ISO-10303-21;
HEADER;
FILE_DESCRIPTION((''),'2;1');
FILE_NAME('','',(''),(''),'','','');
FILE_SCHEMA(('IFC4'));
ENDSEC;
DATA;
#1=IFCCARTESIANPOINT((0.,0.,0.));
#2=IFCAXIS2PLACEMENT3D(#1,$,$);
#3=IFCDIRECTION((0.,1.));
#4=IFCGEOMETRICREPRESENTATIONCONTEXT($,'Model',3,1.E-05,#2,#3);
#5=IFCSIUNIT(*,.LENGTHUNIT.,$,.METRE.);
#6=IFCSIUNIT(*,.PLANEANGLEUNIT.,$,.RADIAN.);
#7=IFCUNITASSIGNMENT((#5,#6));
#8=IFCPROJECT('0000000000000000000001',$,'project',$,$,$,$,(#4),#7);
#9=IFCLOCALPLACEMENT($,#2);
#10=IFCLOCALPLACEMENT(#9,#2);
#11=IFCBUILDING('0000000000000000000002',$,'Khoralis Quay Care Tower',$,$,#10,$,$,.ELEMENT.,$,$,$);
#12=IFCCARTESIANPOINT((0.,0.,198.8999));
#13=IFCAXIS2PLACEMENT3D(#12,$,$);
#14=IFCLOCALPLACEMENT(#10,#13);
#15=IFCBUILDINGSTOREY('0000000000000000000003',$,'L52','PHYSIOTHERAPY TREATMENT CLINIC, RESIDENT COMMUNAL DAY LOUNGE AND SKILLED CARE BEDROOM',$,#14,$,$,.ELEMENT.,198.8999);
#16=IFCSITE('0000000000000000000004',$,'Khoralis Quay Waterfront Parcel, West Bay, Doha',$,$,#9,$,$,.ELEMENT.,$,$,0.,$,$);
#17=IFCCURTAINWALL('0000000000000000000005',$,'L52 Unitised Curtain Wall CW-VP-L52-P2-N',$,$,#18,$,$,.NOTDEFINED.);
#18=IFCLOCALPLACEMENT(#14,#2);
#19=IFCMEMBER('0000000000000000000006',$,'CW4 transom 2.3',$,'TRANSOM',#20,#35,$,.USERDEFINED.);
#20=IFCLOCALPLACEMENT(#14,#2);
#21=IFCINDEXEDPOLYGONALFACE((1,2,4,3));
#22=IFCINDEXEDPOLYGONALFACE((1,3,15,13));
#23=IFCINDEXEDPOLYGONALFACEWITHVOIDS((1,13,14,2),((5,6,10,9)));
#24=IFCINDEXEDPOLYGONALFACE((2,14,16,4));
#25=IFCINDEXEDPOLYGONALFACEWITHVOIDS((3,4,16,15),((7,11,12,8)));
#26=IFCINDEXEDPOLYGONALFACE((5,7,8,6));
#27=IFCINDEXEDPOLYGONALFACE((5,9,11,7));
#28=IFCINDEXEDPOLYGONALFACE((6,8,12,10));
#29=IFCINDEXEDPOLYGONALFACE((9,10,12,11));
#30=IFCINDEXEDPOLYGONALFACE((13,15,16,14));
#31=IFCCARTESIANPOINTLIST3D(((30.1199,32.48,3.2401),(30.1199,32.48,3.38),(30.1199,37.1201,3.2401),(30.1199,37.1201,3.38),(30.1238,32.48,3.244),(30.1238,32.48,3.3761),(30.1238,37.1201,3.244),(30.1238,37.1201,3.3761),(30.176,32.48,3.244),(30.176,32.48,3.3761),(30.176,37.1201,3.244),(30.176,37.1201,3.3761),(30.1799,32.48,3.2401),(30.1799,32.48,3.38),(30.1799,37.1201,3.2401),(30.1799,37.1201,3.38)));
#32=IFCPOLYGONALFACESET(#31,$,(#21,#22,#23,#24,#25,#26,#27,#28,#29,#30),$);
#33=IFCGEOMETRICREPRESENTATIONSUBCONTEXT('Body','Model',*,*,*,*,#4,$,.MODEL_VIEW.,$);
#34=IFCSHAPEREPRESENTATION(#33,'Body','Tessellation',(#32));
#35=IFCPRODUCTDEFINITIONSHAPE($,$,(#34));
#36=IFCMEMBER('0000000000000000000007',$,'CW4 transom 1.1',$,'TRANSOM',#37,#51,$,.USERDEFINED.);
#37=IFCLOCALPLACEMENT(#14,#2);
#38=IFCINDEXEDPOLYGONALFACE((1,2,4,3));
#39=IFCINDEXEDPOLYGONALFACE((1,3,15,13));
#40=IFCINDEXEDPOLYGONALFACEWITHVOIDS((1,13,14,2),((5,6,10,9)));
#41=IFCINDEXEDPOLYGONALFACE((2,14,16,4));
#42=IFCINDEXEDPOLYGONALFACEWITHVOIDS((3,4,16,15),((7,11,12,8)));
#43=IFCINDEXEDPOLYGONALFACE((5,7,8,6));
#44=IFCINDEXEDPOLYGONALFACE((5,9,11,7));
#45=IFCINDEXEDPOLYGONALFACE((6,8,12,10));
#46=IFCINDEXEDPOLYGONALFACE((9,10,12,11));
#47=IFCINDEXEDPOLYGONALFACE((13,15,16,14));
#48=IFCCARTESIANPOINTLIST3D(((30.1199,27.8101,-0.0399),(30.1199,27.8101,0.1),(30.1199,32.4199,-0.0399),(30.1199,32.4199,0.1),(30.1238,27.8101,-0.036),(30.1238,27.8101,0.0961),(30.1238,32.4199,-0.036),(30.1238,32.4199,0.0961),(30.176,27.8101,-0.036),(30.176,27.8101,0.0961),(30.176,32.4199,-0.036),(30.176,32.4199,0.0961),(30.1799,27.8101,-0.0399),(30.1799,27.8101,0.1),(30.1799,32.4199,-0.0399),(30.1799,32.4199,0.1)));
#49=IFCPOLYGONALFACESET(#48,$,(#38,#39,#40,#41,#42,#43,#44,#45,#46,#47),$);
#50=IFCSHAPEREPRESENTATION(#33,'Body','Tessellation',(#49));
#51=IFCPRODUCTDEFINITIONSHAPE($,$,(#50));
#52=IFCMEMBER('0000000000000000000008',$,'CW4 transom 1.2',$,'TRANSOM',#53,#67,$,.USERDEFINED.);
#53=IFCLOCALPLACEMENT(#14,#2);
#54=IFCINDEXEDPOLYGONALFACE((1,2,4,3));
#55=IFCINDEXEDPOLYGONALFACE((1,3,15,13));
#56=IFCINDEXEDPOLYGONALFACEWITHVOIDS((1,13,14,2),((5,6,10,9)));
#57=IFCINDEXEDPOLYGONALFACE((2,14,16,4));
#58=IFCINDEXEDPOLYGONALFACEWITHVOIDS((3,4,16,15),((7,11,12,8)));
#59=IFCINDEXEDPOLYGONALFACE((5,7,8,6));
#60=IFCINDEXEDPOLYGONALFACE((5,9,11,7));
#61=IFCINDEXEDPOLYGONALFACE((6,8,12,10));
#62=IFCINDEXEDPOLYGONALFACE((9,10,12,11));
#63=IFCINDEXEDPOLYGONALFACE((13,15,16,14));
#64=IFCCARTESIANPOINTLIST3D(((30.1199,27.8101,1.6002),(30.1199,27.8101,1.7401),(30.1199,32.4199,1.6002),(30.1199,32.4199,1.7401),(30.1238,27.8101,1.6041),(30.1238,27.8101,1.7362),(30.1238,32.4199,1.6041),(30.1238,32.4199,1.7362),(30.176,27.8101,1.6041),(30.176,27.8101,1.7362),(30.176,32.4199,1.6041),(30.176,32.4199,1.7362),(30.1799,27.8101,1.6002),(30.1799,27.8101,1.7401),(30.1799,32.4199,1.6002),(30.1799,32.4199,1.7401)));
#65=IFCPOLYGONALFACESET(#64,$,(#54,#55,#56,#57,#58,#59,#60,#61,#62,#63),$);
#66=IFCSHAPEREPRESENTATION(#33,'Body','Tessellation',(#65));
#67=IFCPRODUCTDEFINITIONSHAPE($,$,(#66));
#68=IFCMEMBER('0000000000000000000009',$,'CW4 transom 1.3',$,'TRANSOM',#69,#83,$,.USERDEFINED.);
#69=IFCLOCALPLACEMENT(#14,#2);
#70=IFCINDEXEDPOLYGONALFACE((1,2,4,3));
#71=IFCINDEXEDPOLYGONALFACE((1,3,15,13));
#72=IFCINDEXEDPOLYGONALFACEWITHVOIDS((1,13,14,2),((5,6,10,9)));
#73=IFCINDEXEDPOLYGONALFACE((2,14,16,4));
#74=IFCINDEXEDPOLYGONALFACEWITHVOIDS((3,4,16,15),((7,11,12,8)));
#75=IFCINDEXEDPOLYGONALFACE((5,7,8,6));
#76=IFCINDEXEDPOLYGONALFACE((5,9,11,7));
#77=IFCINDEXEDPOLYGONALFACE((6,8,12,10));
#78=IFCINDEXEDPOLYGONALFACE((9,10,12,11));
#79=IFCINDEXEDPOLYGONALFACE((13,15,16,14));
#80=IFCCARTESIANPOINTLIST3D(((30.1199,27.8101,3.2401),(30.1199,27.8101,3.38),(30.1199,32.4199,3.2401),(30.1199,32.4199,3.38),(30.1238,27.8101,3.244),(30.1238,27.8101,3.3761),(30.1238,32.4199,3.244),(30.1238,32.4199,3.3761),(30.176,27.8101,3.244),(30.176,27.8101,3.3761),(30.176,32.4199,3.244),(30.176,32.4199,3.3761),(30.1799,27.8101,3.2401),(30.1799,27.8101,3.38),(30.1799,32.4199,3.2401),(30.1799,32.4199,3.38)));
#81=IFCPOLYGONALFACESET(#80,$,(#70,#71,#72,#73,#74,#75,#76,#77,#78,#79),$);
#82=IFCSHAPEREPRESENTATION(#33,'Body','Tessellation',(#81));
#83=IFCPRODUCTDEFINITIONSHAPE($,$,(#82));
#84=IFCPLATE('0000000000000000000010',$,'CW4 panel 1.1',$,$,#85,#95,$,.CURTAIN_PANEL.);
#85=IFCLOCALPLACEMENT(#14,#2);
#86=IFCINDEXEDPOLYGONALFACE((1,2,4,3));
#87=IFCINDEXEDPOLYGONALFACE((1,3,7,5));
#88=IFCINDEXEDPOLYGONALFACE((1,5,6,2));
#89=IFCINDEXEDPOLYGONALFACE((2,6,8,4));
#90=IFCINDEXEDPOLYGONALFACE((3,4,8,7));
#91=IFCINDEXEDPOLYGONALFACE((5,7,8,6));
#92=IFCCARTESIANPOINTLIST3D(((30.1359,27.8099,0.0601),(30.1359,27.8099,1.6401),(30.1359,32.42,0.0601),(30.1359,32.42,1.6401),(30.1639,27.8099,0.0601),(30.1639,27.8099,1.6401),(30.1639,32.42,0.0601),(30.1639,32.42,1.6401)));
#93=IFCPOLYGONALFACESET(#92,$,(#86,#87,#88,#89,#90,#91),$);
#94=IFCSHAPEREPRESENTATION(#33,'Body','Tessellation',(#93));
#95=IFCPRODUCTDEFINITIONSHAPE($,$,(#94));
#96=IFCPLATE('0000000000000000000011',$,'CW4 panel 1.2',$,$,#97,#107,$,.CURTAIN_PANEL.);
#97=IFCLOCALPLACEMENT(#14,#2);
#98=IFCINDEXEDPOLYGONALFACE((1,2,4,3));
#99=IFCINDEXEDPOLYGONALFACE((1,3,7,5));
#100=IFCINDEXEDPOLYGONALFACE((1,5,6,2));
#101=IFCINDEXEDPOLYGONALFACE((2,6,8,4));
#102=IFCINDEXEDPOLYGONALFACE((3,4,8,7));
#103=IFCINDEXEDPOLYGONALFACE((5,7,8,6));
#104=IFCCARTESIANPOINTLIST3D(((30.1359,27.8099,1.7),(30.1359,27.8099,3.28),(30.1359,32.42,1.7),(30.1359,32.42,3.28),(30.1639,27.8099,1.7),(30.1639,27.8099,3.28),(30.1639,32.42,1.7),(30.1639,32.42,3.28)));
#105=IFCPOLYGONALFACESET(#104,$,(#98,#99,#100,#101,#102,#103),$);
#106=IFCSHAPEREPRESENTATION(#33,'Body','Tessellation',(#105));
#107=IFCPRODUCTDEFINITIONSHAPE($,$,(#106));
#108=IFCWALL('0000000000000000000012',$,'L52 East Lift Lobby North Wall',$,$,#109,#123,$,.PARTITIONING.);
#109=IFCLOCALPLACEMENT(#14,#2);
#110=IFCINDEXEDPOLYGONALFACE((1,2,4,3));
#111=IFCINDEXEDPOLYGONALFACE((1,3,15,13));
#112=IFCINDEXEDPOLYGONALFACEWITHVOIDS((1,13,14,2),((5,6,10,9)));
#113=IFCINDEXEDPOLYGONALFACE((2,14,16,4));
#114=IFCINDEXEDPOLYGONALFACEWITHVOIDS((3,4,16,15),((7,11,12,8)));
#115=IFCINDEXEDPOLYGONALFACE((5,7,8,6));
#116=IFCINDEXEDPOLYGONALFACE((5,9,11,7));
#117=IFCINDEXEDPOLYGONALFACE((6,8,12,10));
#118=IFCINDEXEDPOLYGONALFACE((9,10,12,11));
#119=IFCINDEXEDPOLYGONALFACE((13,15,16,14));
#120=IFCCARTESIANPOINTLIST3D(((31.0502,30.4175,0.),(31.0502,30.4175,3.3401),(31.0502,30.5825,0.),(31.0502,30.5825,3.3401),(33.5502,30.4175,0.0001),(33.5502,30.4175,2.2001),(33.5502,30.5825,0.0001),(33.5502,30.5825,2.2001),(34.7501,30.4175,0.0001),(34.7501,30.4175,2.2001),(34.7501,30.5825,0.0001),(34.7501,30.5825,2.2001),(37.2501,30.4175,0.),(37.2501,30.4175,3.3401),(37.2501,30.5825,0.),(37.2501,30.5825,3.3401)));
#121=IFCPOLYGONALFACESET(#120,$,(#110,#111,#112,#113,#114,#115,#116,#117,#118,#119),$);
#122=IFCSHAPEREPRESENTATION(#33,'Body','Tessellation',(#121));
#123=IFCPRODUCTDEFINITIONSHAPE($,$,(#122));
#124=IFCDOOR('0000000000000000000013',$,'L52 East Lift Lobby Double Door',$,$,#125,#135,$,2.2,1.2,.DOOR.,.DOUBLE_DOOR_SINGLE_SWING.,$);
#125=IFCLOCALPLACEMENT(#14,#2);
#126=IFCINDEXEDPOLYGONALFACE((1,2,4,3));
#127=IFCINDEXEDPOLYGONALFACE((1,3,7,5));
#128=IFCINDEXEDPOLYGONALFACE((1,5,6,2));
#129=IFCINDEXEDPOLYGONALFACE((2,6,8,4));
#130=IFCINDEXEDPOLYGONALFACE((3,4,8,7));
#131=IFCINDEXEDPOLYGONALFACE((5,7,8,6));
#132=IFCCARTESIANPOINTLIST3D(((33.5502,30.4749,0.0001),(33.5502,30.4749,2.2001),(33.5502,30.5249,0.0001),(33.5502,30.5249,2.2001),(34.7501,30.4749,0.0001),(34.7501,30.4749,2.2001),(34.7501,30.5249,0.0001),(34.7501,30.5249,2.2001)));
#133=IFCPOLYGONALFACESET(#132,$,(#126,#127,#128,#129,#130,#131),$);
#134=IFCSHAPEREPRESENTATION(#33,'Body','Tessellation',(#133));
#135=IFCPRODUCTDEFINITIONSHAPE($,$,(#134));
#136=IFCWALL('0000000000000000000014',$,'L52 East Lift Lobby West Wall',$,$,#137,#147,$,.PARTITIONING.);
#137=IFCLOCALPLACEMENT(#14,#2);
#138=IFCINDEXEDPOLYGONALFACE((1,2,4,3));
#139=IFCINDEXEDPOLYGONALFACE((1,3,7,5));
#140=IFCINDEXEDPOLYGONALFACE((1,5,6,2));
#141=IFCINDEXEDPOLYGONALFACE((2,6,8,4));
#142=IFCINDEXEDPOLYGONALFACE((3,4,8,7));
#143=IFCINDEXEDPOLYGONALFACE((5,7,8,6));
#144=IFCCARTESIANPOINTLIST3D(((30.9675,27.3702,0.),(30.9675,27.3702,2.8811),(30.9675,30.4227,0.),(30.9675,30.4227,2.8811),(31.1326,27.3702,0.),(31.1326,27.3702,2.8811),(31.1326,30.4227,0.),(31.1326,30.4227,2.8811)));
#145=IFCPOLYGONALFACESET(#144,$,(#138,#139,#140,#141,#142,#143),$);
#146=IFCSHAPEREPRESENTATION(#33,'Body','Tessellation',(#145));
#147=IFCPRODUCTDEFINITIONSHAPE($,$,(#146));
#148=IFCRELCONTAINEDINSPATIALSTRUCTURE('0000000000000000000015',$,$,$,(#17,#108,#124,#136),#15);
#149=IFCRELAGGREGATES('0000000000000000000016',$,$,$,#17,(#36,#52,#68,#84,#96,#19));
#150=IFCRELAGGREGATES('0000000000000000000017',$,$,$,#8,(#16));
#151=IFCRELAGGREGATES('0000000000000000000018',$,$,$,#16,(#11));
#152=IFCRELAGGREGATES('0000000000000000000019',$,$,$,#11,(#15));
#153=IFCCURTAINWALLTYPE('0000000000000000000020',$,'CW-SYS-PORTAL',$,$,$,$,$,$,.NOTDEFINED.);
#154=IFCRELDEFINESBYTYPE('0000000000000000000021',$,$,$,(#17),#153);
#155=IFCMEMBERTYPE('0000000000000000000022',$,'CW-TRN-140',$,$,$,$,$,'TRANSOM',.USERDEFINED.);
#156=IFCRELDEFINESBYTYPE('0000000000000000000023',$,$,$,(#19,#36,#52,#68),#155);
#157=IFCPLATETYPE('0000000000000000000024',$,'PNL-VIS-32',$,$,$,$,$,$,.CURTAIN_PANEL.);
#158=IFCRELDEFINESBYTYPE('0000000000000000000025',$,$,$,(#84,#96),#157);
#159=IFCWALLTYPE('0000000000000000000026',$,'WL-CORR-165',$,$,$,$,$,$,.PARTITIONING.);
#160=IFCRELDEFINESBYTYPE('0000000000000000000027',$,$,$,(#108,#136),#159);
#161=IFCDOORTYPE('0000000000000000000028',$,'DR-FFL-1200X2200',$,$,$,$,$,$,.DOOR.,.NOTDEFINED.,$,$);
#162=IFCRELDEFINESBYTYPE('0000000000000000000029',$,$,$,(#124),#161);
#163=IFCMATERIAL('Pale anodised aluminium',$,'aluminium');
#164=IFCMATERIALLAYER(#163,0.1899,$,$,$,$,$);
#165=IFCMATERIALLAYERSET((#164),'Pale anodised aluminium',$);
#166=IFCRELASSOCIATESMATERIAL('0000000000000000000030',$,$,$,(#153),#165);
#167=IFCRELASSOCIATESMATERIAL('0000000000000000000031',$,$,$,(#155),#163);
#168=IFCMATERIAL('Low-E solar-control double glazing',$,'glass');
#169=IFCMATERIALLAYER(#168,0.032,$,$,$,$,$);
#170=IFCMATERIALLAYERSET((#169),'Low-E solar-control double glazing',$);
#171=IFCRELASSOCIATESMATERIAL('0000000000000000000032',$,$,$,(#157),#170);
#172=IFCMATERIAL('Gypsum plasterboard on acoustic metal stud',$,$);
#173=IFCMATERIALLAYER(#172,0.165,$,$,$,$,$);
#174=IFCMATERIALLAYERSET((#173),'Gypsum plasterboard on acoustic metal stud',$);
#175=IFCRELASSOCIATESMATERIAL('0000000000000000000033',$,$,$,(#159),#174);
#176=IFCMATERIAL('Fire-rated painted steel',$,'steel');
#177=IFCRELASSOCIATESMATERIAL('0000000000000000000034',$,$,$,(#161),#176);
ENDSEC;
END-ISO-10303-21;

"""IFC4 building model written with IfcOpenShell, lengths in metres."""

from ifc_helpers import new_model, si_unit, direction, frame, frame_2d, origin, origin_2d, place, context, subcontext, project, spatial, rectangle, hollow_rectangle, extrude, source, transform, mapped, material, layer, layer_set, material_profile, profile_set, type_object, element, fill, aggregate, save


model = new_model("IFC4")

# Units and contexts
model_context = context("Model", 3, precision=1e-05, world=origin(), true_north=direction((0.0, 1.0)))
body_context = subcontext(model_context, "Body", "Model", "MODEL_VIEW")
ifc_project = project(units=[si_unit("LENGTHUNIT", "METRE"), si_unit("PLANEANGLEUNIT", "RADIAN")], contexts=[model_context])

# Site, building, storey
site_placement = place(None, origin())
site = spatial("IfcSite", under=ifc_project, at=site_placement, Name="Khoralis Quay Waterfront Parcel, West Bay, Doha", CompositionType="ELEMENT", RefElevation=0.0)
building_placement = place(site_placement, origin())
building = spatial("IfcBuilding", under=site, at=building_placement, Name="Khoralis Quay Care Tower", CompositionType="ELEMENT")
storey_placement = place(building_placement, frame((0.0, 0.0, 198.8999)))
storey = spatial("IfcBuildingStorey", under=building, at=storey_placement, Name="L52", Description="PHYSIOTHERAPY TREATMENT CLINIC, RESIDENT COMMUNAL DAY LOUNGE AND SKILLED CARE BEDROOM", CompositionType="ELEMENT", Elevation=198.8999)

# Curtain wall, members, plates
ifc_material_1 = material(Name="Pale anodised aluminium", Category="aluminium")
ifc_layer_1 = layer(ifc_material_1, 0.1899)
ifc_layer_set_1 = layer_set([ifc_layer_1], Name="Pale anodised aluminium")
curtain_wall_type = type_object("IfcCurtainWallType", Name="CW-SYS-PORTAL", PredefinedType="NOTDEFINED", material=ifc_layer_set_1)
curtain_wall_placement = place(storey_placement, origin())
curtain_wall = element("IfcCurtainWall", 1, at=curtain_wall_placement, inside=storey, type_object=curtain_wall_type, Name="L52 Unitised Curtain Wall CW-VP-L52-P2-N", PredefinedType="NOTDEFINED")
ifc_material_profile_1 = material_profile(ifc_material_1, hollow_rectangle(XDim=0.0601, YDim=0.1399, WallThickness=0.0039, at=origin_2d()), Name="Pale anodised aluminium")
ifc_profile_set_1 = profile_set([ifc_material_profile_1], Name="Pale anodised aluminium")
member_type_1 = type_object("IfcMemberType", Name="CW-TRN-140", ElementType="TRANSOM", PredefinedType="USERDEFINED", material=ifc_profile_set_1)
shared_shape_1 = source(origin(), body_context, "Body", "SweptSolid", [
    extrude(hollow_rectangle(XDim=0.0601, YDim=0.1399, WallThickness=0.0039, at=origin_2d()), origin(), (0.0, 0.0, 1.0), 4.6401),
])
member_1_placement = place(storey_placement, frame((30.1499, 32.48, 3.3101), z_axis=(0.0, 1.0, 0.0), x_axis=(-1.0, 0.0, 0.0)))
member_1 = element("IfcMember", 2, at=member_1_placement, type_object=member_type_1, Name="CW4 transom 2.3", ObjectType="TRANSOM", PredefinedType="USERDEFINED", context=body_context, shape_type="MappedRepresentation", body=[
    mapped(shared_shape_1, transform((0.0, 0.0, 0.0), scale=1.0)),
])
shared_shape_2 = source(origin(), body_context, "Body", "SweptSolid", [
    extrude(hollow_rectangle(XDim=0.0601, YDim=0.1399, WallThickness=0.0039, at=origin_2d()), origin(), (0.0, 0.0, 1.0), 4.6099),
])
member_2_placement = place(storey_placement, frame((30.1499, 27.8101, 0.03), z_axis=(0.0, 1.0, 0.0), x_axis=(-1.0, 0.0, 0.0)))
member_2 = element("IfcMember", 3, at=member_2_placement, type_object=member_type_1, Name="CW4 transom 1.1", ObjectType="TRANSOM", PredefinedType="USERDEFINED", context=body_context, shape_type="MappedRepresentation", body=[
    mapped(shared_shape_2, transform((0.0, 0.0, 0.0), scale=1.0)),
])
member_3_placement = place(storey_placement, frame((30.1499, 27.8101, 1.6702), z_axis=(0.0, 1.0, 0.0), x_axis=(-1.0, 0.0, 0.0)))
member_3 = element("IfcMember", 4, at=member_3_placement, type_object=member_type_1, Name="CW4 transom 1.2", ObjectType="TRANSOM", PredefinedType="USERDEFINED", context=body_context, shape_type="MappedRepresentation", body=[
    mapped(shared_shape_2, transform((0.0, 0.0, 0.0), scale=1.0)),
])
member_4_placement = place(storey_placement, frame((30.1499, 27.8101, 3.3101), z_axis=(0.0, 1.0, 0.0), x_axis=(-1.0, 0.0, 0.0)))
member_4 = element("IfcMember", 5, at=member_4_placement, type_object=member_type_1, Name="CW4 transom 1.3", ObjectType="TRANSOM", PredefinedType="USERDEFINED", context=body_context, shape_type="MappedRepresentation", body=[
    mapped(shared_shape_2, transform((0.0, 0.0, 0.0), scale=1.0)),
])
ifc_material_2 = material(Name="Low-E solar-control double glazing", Category="glass")
ifc_layer_2 = layer(ifc_material_2, 0.032)
ifc_layer_set_2 = layer_set([ifc_layer_2], Name="Low-E solar-control double glazing")
plate_type = type_object("IfcPlateType", Name="PNL-VIS-32", PredefinedType="CURTAIN_PANEL", material=ifc_layer_set_2)
shared_shape_3 = source(origin(), body_context, "Body", "SweptSolid", [
    extrude(rectangle(XDim=4.6101, YDim=0.0281, at=origin_2d()), origin(), (0.0, 0.0, 1.0), 1.5801),
])
plate_1_placement = place(storey_placement, frame((30.1499, 30.115, 0.0601), z_axis=(0.0, 0.0, 1.0), x_axis=(0.0, 1.0, 0.0)))
plate_1 = element("IfcPlate", 6, at=plate_1_placement, type_object=plate_type, Name="CW4 panel 1.1", PredefinedType="CURTAIN_PANEL", context=body_context, shape_type="MappedRepresentation", body=[
    mapped(shared_shape_3, transform((0.0, 0.0, 0.0), scale=1.0)),
])
plate_2_placement = place(storey_placement, frame((30.1499, 30.115, 1.7), z_axis=(0.0, 0.0, 1.0), x_axis=(0.0, 1.0, 0.0)))
plate_2 = element("IfcPlate", 7, at=plate_2_placement, type_object=plate_type, Name="CW4 panel 1.2", PredefinedType="CURTAIN_PANEL", context=body_context, shape_type="MappedRepresentation", body=[
    mapped(shared_shape_3, transform((0.0, 0.0, 0.0), scale=1.0)),
])
aggregate(curtain_wall, [member_2, member_3, member_4, plate_1, plate_2, member_1])

# Wall, opening, door
ifc_material_3 = material(Name="Gypsum plasterboard on acoustic metal stud")
ifc_layer_3 = layer(ifc_material_3, 0.165)
ifc_layer_set_3 = layer_set([ifc_layer_3], Name="Gypsum plasterboard on acoustic metal stud")
wall_type_1 = type_object("IfcWallType", Name="WL-CORR-165", PredefinedType="PARTITIONING", material=ifc_layer_set_3)
wall_1_placement = place(storey_placement, frame((31.05, 30.5, 0.0), z_axis=(0.0, 0.0, 1.0), x_axis=(1.0, 0.0, 0.0)))
wall_1 = element("IfcWall", 8, at=wall_1_placement, inside=storey, type_object=wall_type_1, Name="L52 East Lift Lobby North Wall", PredefinedType="PARTITIONING", context=body_context, shape_type="SweptSolid", body=[
    extrude(rectangle(XDim=6.2, YDim=0.165, at=frame_2d((3.1001, 0.0))), origin(), (0.0, 0.0, 1.0), 3.3401),
])
opening_1_placement = place(wall_1_placement, frame((2.5, 0.0, 0.0)))
opening_1 = element("IfcOpeningElement", 9, at=opening_1_placement, cuts=wall_1, PredefinedType="OPENING", context=body_context, shape_type="SweptSolid", body=[
    extrude(rectangle(XDim=1.2, YDim=2.2, at=frame_2d((0.6001, 1.1001))), frame((0.0, 0.0925, 0.0), z_axis=(0.0, -1.0, 0.0), x_axis=(1.0, 0.0, 0.0)), (0.0, 0.0, 1.0), 0.1851),
])
ifc_material_4 = material(Name="Fire-rated painted steel", Category="steel")
door_type_1 = type_object("IfcDoorType", Name="DR-FFL-1200X2200", OperationType="NOTDEFINED", PredefinedType="DOOR", material=ifc_material_4)
shared_shape_4 = source(origin(), body_context, "Body", "SweptSolid", [
    extrude(rectangle(XDim=1.2, YDim=2.2, at=frame_2d((0.6001, 1.1001))), frame((0.0, 0.0249, 0.0), z_axis=(0.0, -1.0, 0.0), x_axis=(1.0, 0.0, 0.0)), (0.0, 0.0, 1.0), 0.05),
])
door_1_placement = place(opening_1_placement, origin())
door_1 = element("IfcDoor", 10, at=door_1_placement, inside=storey, type_object=door_type_1, Name="L52 East Lift Lobby Double Door", OperationType="DOUBLE_DOOR_SINGLE_SWING", OverallHeight=2.2, OverallWidth=1.2, PredefinedType="DOOR", context=body_context, shape_type="MappedRepresentation", body=[
    mapped(shared_shape_4, transform((0.0, 0.0, 0.0), scale=1.0)),
])
fill(opening_1, door_1)

# Wall
wall_2_placement = place(storey_placement, frame((31.05, 27.3701, 0.0), z_axis=(0.0, 0.0, 1.0), x_axis=(0.0, 1.0, 0.0)))
element("IfcWall", 11, at=wall_2_placement, inside=storey, type_object=wall_type_1, Name="L52 East Lift Lobby West Wall", PredefinedType="PARTITIONING", context=body_context, shape_type="SweptSolid", body=[
    extrude(rectangle(XDim=3.0525, YDim=0.165, at=frame_2d((1.5264, 0.0))), origin(), (0.0, 0.0, 1.0), 2.8811),
])

save(model, "model.ifc")
